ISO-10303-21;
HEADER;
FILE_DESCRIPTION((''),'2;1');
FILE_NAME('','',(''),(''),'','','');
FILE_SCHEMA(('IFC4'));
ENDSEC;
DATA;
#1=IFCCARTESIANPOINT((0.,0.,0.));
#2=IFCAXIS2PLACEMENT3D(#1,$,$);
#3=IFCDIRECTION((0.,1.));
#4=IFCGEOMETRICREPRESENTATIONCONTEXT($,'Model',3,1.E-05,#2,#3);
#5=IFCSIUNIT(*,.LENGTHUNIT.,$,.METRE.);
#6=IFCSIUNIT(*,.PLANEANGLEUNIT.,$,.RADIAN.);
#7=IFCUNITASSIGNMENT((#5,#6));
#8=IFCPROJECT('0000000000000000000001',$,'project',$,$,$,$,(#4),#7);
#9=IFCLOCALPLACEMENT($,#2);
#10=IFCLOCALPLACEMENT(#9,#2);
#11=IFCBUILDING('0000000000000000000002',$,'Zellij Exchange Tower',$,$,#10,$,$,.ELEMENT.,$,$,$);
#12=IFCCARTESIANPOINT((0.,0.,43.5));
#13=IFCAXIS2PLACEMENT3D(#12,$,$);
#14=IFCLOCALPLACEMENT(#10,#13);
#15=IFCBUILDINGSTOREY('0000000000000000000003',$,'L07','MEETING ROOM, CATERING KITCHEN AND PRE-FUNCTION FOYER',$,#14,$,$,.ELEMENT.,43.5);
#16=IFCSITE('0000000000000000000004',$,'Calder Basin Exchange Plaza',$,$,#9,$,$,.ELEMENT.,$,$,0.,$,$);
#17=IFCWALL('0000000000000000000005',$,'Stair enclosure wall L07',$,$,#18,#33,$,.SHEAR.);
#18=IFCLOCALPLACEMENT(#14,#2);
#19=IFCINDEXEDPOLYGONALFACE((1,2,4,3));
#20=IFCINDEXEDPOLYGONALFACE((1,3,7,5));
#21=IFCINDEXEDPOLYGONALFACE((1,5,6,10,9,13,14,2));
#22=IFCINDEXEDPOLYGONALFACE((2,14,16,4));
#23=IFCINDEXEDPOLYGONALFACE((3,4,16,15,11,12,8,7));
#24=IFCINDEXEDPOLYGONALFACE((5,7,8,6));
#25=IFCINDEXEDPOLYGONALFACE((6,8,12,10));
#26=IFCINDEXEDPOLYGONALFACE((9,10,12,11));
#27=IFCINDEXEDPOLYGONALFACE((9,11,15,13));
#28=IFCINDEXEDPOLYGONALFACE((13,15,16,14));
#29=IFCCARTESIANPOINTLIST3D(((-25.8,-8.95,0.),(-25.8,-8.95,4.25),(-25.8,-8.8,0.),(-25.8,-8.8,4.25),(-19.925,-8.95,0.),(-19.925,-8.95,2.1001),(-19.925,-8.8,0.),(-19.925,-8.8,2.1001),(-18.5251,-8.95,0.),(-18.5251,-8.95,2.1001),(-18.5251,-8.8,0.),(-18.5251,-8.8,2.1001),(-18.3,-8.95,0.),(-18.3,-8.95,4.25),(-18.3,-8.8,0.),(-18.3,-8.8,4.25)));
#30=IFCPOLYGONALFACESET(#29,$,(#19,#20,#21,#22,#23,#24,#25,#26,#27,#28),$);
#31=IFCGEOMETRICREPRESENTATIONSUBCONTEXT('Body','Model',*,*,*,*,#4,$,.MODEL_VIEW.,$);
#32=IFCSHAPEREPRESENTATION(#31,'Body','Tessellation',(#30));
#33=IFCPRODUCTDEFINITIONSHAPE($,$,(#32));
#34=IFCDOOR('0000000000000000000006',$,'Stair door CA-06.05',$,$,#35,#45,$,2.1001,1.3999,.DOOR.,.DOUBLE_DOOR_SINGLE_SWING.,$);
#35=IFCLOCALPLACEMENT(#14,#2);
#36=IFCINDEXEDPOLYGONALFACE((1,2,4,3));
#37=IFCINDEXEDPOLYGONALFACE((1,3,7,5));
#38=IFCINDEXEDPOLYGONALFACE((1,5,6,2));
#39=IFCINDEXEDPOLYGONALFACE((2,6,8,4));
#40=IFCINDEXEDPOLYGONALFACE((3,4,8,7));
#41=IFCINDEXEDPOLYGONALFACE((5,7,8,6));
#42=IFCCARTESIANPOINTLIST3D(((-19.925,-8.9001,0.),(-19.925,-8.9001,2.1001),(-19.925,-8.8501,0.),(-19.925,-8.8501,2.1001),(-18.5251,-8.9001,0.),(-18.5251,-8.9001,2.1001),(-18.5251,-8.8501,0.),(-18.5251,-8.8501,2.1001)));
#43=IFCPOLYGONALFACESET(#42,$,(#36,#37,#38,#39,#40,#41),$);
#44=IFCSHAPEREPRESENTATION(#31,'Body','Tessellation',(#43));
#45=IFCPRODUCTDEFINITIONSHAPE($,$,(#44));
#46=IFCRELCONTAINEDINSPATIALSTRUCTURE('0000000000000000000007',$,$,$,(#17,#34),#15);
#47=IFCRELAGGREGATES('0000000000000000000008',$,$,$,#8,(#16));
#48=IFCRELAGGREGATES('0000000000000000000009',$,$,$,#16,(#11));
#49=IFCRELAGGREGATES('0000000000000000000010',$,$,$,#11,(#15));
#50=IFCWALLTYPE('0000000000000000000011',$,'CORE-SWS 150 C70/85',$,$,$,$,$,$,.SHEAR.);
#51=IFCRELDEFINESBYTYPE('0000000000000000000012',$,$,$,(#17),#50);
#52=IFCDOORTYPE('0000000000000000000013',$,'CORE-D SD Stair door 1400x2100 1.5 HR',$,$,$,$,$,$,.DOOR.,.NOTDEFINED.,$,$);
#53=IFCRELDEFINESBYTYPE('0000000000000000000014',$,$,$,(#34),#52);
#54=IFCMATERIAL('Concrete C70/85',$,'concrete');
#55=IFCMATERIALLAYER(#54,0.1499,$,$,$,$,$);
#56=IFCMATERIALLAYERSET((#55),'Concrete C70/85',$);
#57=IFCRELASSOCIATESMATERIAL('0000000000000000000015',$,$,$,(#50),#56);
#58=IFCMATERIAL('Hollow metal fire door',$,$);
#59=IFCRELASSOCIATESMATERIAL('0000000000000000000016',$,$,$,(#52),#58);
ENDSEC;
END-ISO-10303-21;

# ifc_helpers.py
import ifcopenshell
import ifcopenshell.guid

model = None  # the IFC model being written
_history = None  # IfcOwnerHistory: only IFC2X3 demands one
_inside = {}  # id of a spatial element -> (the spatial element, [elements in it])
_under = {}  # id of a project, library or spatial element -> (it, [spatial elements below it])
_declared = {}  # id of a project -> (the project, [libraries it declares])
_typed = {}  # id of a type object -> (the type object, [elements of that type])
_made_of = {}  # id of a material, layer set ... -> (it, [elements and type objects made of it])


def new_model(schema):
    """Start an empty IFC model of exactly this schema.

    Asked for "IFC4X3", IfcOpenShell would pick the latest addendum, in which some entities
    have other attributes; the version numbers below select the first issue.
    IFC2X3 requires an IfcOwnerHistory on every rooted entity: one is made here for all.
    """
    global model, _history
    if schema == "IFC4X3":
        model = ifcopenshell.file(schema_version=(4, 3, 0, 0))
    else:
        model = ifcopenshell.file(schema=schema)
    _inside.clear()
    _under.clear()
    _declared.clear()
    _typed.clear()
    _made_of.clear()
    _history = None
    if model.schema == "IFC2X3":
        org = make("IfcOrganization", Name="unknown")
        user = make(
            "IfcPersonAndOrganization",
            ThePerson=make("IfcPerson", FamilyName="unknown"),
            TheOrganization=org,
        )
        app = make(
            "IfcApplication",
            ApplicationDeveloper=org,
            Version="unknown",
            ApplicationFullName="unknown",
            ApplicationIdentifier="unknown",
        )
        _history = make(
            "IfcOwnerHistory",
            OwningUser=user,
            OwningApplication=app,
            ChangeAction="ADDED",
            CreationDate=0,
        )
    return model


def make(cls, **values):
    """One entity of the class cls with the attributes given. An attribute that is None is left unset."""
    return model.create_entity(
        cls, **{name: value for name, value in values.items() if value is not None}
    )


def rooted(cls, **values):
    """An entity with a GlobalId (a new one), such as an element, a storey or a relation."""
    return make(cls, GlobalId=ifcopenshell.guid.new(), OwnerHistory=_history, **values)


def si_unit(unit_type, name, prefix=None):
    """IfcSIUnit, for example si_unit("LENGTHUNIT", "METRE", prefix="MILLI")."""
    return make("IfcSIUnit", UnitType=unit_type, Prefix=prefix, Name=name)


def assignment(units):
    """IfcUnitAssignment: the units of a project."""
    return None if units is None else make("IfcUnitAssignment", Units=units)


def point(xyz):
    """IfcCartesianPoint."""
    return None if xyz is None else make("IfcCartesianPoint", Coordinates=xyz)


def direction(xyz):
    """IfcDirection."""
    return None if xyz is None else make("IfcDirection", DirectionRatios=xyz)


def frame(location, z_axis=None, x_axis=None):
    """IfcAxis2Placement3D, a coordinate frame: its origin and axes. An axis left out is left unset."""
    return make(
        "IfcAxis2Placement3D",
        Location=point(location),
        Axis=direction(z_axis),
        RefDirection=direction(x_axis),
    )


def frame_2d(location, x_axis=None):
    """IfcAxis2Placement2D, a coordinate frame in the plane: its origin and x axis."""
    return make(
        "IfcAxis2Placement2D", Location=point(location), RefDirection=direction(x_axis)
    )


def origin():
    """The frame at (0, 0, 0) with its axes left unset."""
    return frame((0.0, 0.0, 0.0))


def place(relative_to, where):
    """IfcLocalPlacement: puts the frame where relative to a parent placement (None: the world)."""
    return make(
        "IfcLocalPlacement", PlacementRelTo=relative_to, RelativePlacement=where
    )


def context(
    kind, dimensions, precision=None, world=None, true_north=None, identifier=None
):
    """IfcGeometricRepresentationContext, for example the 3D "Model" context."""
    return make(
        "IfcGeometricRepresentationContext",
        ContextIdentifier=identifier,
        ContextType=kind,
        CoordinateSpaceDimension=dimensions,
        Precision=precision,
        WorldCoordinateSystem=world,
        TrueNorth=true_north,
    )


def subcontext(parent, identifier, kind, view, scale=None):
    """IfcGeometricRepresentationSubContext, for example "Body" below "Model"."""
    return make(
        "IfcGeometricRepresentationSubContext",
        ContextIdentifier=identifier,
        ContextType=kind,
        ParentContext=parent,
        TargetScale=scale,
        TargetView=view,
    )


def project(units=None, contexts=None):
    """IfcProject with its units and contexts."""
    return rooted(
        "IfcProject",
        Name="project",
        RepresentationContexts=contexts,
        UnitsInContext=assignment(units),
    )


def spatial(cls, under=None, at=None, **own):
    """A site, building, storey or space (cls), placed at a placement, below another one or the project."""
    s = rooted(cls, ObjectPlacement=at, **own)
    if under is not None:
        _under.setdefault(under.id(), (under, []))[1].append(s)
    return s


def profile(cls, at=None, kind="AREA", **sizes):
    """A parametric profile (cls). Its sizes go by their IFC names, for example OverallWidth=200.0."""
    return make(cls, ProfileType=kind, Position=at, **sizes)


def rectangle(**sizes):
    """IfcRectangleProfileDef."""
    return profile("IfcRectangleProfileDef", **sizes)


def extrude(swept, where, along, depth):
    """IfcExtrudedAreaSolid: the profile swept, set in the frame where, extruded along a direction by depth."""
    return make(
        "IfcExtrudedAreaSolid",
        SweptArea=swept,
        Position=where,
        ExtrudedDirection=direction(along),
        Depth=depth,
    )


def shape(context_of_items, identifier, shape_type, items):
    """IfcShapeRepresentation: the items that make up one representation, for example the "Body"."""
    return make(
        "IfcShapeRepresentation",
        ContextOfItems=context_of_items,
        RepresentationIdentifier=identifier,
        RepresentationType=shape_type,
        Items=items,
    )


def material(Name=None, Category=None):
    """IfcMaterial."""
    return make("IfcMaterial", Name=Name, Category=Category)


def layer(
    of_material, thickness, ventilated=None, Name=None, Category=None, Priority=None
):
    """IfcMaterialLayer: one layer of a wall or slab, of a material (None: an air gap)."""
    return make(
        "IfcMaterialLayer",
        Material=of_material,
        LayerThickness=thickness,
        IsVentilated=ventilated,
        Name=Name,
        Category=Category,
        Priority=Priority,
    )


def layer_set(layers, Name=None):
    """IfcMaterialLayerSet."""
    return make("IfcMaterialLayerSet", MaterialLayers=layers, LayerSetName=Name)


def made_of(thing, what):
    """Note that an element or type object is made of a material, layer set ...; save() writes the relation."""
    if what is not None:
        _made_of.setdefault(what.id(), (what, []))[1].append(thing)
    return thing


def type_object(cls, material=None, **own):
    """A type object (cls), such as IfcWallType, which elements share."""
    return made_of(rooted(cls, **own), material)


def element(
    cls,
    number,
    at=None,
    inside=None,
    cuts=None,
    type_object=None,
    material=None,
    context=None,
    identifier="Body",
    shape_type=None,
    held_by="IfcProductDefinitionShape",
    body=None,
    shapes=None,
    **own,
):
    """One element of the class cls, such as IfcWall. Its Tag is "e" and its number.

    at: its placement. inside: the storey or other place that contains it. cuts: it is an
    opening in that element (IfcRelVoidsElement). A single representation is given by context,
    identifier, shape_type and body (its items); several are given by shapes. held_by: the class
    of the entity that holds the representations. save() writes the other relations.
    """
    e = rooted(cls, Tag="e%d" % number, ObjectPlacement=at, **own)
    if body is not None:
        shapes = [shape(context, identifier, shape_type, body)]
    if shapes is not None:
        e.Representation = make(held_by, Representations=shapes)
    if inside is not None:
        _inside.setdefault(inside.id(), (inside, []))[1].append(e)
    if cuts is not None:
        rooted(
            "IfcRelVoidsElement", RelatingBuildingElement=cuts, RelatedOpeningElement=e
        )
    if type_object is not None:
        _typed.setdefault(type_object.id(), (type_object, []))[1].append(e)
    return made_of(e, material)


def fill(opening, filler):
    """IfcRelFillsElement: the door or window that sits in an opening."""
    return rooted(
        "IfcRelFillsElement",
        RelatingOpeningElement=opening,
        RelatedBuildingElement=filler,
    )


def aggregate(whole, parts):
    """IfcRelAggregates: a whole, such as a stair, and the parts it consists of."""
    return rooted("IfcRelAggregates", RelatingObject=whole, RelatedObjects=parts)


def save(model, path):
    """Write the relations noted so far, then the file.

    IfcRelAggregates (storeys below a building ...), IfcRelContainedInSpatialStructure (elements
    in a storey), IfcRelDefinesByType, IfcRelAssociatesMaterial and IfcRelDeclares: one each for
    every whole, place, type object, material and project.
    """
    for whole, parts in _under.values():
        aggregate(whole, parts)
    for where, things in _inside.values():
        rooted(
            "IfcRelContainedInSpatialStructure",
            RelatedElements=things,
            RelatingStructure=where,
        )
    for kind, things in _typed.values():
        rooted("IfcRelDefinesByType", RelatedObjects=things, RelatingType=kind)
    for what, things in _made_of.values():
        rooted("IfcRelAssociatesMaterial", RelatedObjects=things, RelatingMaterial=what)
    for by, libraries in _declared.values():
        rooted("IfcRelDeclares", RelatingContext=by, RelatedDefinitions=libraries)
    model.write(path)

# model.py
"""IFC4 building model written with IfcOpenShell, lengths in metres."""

from ifc_helpers import new_model, si_unit, direction, frame, frame_2d, origin, place, context, subcontext, project, spatial, rectangle, extrude, material, layer, layer_set, type_object, element, fill, save


model = new_model("IFC4")

# Units and contexts
model_context = context("Model", 3, precision=1e-05, world=origin(), true_north=direction((0.0, 1.0)))
body_context = subcontext(model_context, "Body", "Model", "MODEL_VIEW")
ifc_project = project(units=[si_unit("LENGTHUNIT", "METRE"), si_unit("PLANEANGLEUNIT", "RADIAN")], contexts=[model_context])

# Site, building, storey
site_placement = place(None, origin())
site = spatial("IfcSite", under=ifc_project, at=site_placement, Name="Calder Basin Exchange Plaza", CompositionType="ELEMENT", RefElevation=0.0)
building_placement = place(site_placement, origin())
building = spatial("IfcBuilding", under=site, at=building_placement, Name="Zellij Exchange Tower", CompositionType="ELEMENT")
storey_placement = place(building_placement, frame((0.0, 0.0, 43.5)))
storey = spatial("IfcBuildingStorey", under=building, at=storey_placement, Name="L07", Description="MEETING ROOM, CATERING KITCHEN AND PRE-FUNCTION FOYER", CompositionType="ELEMENT", Elevation=43.5)

# Shared definitions
ifc_material_1 = material(Name="Concrete C70/85", Category="concrete")

# Shared definitions
ifc_material_2 = material(Name="Hollow metal fire door")

# Wall, opening, door
ifc_layer_1 = layer(ifc_material_1, 0.1499)
ifc_layer_set_1 = layer_set([ifc_layer_1], Name="Concrete C70/85")
wall_type_1 = type_object("IfcWallType", Name="CORE-SWS 150 C70/85", PredefinedType="SHEAR", material=ifc_layer_set_1)
wall_1_placement = place(storey_placement, frame((-25.8, -8.875, 0.0), z_axis=(0.0, 0.0, 1.0), x_axis=(1.0, 0.0, 0.0)))
wall_1 = element("IfcWall", 1, at=wall_1_placement, inside=storey, type_object=wall_type_1, Name="Stair enclosure wall L07", PredefinedType="SHEAR", context=body_context, shape_type="SweptSolid", body=[
    extrude(rectangle(XDim=7.5, YDim=0.1499, at=frame_2d((3.75, 0.0))), origin(), (0.0, 0.0, 1.0), 4.25),
])
opening_1_placement = place(wall_1_placement, frame((5.875, 0.0, 0.0)))
opening_1 = element("IfcOpeningElement", 2, at=opening_1_placement, cuts=wall_1, PredefinedType="OPENING", context=body_context, shape_type="SweptSolid", body=[
    extrude(rectangle(XDim=1.3999, YDim=2.1001, at=frame_2d((0.7, 1.05))), frame((0.0, 0.0869, 0.0), z_axis=(0.0, -1.0, 0.0), x_axis=(1.0, 0.0, 0.0)), (0.0, 0.0, 1.0), 0.1738),
])
door_type_1 = type_object("IfcDoorType", Name="CORE-D SD Stair door 1400x2100 1.5 HR", OperationType="NOTDEFINED", PredefinedType="DOOR", material=ifc_material_2)
door_1_placement = place(opening_1_placement, origin())
door_1 = element("IfcDoor", 3, at=door_1_placement, inside=storey, type_object=door_type_1, Name="Stair door CA-06.05", OperationType="DOUBLE_DOOR_SINGLE_SWING", OverallHeight=2.1001, OverallWidth=1.3999, PredefinedType="DOOR", context=body_context, shape_type="SweptSolid", body=[
    extrude(rectangle(XDim=1.3999, YDim=2.1001, at=frame_2d((0.7, 1.05))), frame((0.0, 0.0249, 0.0), z_axis=(0.0, -1.0, 0.0), x_axis=(1.0, 0.0, 0.0)), (0.0, 0.0, 1.0), 0.05),
])
fill(opening_1, door_1)

save(model, "model.ifc")
